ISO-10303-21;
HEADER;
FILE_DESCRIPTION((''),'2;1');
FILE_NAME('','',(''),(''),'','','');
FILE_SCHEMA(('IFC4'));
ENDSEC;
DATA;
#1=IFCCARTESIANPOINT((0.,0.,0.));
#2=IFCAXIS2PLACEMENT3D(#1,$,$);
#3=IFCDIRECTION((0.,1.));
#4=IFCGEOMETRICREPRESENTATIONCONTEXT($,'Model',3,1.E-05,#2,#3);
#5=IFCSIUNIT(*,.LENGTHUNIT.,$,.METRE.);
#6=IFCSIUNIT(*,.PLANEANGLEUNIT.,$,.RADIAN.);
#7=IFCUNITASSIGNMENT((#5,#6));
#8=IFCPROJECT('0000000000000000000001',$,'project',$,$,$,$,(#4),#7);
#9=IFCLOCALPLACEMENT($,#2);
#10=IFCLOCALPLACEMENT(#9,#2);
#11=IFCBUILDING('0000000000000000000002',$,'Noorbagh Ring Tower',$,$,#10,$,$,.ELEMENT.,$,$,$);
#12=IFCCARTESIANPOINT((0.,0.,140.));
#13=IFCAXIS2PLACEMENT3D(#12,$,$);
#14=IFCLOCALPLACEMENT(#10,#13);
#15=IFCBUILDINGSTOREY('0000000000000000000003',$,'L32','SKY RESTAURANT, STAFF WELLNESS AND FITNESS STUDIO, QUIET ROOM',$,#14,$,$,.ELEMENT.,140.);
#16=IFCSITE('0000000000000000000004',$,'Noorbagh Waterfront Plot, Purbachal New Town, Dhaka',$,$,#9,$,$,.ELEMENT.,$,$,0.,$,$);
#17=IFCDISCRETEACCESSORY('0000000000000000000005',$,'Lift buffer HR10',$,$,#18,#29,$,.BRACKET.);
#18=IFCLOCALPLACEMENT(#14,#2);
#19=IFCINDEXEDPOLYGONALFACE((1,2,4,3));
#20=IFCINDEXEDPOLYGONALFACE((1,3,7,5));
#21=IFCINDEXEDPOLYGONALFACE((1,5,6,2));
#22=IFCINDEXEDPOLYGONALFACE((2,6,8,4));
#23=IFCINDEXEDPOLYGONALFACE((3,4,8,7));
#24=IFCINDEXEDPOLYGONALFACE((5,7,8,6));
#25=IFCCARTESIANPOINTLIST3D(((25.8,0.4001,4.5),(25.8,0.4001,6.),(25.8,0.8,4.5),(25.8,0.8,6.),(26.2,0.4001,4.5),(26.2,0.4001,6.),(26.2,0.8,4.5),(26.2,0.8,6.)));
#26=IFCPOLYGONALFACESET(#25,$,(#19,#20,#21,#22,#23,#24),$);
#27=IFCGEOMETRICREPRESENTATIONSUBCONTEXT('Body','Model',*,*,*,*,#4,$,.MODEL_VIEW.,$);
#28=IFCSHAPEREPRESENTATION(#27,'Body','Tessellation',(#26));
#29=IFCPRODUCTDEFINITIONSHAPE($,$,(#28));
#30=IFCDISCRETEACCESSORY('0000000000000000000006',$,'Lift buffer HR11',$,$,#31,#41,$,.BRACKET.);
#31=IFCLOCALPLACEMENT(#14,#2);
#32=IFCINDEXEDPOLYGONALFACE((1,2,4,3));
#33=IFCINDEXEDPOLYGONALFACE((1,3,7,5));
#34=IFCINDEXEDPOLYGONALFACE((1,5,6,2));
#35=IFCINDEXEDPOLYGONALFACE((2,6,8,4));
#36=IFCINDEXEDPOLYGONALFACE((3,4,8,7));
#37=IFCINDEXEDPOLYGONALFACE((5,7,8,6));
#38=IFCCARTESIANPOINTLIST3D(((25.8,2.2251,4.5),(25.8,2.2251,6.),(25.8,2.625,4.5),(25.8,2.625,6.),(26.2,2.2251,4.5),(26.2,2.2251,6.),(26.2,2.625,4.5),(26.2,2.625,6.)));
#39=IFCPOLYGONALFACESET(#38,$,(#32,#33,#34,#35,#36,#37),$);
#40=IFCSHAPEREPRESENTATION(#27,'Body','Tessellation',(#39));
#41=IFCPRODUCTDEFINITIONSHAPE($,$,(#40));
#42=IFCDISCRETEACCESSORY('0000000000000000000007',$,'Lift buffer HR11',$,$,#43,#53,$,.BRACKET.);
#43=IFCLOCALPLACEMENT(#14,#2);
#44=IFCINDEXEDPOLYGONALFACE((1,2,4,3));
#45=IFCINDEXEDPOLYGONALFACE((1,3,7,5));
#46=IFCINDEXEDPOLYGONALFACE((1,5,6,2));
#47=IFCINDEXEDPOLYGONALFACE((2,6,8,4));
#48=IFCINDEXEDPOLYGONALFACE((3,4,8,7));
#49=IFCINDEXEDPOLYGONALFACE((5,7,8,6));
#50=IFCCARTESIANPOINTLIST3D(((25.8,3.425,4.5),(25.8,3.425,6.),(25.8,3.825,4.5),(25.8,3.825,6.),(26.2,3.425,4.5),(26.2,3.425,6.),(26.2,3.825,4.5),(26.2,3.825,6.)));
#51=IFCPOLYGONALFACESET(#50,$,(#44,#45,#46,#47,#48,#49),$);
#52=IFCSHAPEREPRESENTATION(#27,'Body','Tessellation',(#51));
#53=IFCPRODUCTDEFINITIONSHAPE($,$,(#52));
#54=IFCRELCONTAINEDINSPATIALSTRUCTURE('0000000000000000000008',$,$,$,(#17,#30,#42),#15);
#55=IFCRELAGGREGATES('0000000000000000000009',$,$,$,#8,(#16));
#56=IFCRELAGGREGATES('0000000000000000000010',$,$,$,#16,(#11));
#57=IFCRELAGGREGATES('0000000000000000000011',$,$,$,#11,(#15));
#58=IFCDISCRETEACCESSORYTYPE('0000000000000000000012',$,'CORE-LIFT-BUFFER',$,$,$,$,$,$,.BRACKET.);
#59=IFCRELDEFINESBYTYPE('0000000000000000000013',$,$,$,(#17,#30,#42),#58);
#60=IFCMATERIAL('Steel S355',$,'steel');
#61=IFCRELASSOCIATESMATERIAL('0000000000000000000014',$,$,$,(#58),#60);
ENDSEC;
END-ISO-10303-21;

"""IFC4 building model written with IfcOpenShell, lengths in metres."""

from ifc_helpers import new_model, si_unit, direction, frame, origin, origin_2d, place, context, subcontext, project, spatial, rectangle, extrude, material, type_object, element, save


model = new_model("IFC4")

# Units and contexts
model_context = context("Model", 3, precision=1e-05, world=origin(), true_north=direction((0.0, 1.0)))
body_context = subcontext(model_context, "Body", "Model", "MODEL_VIEW")
ifc_project = project(units=[si_unit("LENGTHUNIT", "METRE"), si_unit("PLANEANGLEUNIT", "RADIAN")], contexts=[model_context])

# Site, building, storey
site_placement = place(None, origin())
site = spatial("IfcSite", under=ifc_project, at=site_placement, Name="Noorbagh Waterfront Plot, Purbachal New Town, Dhaka", CompositionType="ELEMENT", RefElevation=0.0)
building_placement = place(site_placement, origin())
building = spatial("IfcBuilding", under=site, at=building_placement, Name="Noorbagh Ring Tower", CompositionType="ELEMENT")
storey_placement = place(building_placement, frame((0.0, 0.0, 140.0)))
storey = spatial("IfcBuildingStorey", under=building, at=storey_placement, Name="L32", Description="SKY RESTAURANT, STAFF WELLNESS AND FITNESS STUDIO, QUIET ROOM", CompositionType="ELEMENT", Elevation=140.0)

# Discrete accessories
ifc_material_1 = material(Name="Steel S355", Category="steel")
discrete_accessory_type = type_object("IfcDiscreteAccessoryType", Name="CORE-LIFT-BUFFER", PredefinedType="BRACKET", material=ifc_material_1)
for number, where, z_axis, x_axis, name in (
    (1, (26.0, 0.6001, 4.5), (0.0, 0.0, 1.0), (1.0, 0.0, 0.0), "Lift buffer HR10"),
    (2, (26.0, 2.425, 4.5), (0.0, 0.0, 1.0), (1.0, 0.0, 0.0), "Lift buffer HR11"),
    (3, (26.0, 3.625, 4.5), (0.0, 0.0, 1.0), (1.0, 0.0, 0.0), "Lift buffer HR11"),
):
    element("IfcDiscreteAccessory", number, at=place(storey_placement, frame(where, z_axis=z_axis, x_axis=x_axis)), inside=storey, type_object=discrete_accessory_type, Name=name, PredefinedType="BRACKET", context=body_context, shape_type="SweptSolid", body=[
        extrude(rectangle(XDim=0.3999, YDim=0.3999, at=origin_2d()), origin(), (0.0, 0.0, 1.0), 1.5),
    ])

save(model, "model.ifc")
